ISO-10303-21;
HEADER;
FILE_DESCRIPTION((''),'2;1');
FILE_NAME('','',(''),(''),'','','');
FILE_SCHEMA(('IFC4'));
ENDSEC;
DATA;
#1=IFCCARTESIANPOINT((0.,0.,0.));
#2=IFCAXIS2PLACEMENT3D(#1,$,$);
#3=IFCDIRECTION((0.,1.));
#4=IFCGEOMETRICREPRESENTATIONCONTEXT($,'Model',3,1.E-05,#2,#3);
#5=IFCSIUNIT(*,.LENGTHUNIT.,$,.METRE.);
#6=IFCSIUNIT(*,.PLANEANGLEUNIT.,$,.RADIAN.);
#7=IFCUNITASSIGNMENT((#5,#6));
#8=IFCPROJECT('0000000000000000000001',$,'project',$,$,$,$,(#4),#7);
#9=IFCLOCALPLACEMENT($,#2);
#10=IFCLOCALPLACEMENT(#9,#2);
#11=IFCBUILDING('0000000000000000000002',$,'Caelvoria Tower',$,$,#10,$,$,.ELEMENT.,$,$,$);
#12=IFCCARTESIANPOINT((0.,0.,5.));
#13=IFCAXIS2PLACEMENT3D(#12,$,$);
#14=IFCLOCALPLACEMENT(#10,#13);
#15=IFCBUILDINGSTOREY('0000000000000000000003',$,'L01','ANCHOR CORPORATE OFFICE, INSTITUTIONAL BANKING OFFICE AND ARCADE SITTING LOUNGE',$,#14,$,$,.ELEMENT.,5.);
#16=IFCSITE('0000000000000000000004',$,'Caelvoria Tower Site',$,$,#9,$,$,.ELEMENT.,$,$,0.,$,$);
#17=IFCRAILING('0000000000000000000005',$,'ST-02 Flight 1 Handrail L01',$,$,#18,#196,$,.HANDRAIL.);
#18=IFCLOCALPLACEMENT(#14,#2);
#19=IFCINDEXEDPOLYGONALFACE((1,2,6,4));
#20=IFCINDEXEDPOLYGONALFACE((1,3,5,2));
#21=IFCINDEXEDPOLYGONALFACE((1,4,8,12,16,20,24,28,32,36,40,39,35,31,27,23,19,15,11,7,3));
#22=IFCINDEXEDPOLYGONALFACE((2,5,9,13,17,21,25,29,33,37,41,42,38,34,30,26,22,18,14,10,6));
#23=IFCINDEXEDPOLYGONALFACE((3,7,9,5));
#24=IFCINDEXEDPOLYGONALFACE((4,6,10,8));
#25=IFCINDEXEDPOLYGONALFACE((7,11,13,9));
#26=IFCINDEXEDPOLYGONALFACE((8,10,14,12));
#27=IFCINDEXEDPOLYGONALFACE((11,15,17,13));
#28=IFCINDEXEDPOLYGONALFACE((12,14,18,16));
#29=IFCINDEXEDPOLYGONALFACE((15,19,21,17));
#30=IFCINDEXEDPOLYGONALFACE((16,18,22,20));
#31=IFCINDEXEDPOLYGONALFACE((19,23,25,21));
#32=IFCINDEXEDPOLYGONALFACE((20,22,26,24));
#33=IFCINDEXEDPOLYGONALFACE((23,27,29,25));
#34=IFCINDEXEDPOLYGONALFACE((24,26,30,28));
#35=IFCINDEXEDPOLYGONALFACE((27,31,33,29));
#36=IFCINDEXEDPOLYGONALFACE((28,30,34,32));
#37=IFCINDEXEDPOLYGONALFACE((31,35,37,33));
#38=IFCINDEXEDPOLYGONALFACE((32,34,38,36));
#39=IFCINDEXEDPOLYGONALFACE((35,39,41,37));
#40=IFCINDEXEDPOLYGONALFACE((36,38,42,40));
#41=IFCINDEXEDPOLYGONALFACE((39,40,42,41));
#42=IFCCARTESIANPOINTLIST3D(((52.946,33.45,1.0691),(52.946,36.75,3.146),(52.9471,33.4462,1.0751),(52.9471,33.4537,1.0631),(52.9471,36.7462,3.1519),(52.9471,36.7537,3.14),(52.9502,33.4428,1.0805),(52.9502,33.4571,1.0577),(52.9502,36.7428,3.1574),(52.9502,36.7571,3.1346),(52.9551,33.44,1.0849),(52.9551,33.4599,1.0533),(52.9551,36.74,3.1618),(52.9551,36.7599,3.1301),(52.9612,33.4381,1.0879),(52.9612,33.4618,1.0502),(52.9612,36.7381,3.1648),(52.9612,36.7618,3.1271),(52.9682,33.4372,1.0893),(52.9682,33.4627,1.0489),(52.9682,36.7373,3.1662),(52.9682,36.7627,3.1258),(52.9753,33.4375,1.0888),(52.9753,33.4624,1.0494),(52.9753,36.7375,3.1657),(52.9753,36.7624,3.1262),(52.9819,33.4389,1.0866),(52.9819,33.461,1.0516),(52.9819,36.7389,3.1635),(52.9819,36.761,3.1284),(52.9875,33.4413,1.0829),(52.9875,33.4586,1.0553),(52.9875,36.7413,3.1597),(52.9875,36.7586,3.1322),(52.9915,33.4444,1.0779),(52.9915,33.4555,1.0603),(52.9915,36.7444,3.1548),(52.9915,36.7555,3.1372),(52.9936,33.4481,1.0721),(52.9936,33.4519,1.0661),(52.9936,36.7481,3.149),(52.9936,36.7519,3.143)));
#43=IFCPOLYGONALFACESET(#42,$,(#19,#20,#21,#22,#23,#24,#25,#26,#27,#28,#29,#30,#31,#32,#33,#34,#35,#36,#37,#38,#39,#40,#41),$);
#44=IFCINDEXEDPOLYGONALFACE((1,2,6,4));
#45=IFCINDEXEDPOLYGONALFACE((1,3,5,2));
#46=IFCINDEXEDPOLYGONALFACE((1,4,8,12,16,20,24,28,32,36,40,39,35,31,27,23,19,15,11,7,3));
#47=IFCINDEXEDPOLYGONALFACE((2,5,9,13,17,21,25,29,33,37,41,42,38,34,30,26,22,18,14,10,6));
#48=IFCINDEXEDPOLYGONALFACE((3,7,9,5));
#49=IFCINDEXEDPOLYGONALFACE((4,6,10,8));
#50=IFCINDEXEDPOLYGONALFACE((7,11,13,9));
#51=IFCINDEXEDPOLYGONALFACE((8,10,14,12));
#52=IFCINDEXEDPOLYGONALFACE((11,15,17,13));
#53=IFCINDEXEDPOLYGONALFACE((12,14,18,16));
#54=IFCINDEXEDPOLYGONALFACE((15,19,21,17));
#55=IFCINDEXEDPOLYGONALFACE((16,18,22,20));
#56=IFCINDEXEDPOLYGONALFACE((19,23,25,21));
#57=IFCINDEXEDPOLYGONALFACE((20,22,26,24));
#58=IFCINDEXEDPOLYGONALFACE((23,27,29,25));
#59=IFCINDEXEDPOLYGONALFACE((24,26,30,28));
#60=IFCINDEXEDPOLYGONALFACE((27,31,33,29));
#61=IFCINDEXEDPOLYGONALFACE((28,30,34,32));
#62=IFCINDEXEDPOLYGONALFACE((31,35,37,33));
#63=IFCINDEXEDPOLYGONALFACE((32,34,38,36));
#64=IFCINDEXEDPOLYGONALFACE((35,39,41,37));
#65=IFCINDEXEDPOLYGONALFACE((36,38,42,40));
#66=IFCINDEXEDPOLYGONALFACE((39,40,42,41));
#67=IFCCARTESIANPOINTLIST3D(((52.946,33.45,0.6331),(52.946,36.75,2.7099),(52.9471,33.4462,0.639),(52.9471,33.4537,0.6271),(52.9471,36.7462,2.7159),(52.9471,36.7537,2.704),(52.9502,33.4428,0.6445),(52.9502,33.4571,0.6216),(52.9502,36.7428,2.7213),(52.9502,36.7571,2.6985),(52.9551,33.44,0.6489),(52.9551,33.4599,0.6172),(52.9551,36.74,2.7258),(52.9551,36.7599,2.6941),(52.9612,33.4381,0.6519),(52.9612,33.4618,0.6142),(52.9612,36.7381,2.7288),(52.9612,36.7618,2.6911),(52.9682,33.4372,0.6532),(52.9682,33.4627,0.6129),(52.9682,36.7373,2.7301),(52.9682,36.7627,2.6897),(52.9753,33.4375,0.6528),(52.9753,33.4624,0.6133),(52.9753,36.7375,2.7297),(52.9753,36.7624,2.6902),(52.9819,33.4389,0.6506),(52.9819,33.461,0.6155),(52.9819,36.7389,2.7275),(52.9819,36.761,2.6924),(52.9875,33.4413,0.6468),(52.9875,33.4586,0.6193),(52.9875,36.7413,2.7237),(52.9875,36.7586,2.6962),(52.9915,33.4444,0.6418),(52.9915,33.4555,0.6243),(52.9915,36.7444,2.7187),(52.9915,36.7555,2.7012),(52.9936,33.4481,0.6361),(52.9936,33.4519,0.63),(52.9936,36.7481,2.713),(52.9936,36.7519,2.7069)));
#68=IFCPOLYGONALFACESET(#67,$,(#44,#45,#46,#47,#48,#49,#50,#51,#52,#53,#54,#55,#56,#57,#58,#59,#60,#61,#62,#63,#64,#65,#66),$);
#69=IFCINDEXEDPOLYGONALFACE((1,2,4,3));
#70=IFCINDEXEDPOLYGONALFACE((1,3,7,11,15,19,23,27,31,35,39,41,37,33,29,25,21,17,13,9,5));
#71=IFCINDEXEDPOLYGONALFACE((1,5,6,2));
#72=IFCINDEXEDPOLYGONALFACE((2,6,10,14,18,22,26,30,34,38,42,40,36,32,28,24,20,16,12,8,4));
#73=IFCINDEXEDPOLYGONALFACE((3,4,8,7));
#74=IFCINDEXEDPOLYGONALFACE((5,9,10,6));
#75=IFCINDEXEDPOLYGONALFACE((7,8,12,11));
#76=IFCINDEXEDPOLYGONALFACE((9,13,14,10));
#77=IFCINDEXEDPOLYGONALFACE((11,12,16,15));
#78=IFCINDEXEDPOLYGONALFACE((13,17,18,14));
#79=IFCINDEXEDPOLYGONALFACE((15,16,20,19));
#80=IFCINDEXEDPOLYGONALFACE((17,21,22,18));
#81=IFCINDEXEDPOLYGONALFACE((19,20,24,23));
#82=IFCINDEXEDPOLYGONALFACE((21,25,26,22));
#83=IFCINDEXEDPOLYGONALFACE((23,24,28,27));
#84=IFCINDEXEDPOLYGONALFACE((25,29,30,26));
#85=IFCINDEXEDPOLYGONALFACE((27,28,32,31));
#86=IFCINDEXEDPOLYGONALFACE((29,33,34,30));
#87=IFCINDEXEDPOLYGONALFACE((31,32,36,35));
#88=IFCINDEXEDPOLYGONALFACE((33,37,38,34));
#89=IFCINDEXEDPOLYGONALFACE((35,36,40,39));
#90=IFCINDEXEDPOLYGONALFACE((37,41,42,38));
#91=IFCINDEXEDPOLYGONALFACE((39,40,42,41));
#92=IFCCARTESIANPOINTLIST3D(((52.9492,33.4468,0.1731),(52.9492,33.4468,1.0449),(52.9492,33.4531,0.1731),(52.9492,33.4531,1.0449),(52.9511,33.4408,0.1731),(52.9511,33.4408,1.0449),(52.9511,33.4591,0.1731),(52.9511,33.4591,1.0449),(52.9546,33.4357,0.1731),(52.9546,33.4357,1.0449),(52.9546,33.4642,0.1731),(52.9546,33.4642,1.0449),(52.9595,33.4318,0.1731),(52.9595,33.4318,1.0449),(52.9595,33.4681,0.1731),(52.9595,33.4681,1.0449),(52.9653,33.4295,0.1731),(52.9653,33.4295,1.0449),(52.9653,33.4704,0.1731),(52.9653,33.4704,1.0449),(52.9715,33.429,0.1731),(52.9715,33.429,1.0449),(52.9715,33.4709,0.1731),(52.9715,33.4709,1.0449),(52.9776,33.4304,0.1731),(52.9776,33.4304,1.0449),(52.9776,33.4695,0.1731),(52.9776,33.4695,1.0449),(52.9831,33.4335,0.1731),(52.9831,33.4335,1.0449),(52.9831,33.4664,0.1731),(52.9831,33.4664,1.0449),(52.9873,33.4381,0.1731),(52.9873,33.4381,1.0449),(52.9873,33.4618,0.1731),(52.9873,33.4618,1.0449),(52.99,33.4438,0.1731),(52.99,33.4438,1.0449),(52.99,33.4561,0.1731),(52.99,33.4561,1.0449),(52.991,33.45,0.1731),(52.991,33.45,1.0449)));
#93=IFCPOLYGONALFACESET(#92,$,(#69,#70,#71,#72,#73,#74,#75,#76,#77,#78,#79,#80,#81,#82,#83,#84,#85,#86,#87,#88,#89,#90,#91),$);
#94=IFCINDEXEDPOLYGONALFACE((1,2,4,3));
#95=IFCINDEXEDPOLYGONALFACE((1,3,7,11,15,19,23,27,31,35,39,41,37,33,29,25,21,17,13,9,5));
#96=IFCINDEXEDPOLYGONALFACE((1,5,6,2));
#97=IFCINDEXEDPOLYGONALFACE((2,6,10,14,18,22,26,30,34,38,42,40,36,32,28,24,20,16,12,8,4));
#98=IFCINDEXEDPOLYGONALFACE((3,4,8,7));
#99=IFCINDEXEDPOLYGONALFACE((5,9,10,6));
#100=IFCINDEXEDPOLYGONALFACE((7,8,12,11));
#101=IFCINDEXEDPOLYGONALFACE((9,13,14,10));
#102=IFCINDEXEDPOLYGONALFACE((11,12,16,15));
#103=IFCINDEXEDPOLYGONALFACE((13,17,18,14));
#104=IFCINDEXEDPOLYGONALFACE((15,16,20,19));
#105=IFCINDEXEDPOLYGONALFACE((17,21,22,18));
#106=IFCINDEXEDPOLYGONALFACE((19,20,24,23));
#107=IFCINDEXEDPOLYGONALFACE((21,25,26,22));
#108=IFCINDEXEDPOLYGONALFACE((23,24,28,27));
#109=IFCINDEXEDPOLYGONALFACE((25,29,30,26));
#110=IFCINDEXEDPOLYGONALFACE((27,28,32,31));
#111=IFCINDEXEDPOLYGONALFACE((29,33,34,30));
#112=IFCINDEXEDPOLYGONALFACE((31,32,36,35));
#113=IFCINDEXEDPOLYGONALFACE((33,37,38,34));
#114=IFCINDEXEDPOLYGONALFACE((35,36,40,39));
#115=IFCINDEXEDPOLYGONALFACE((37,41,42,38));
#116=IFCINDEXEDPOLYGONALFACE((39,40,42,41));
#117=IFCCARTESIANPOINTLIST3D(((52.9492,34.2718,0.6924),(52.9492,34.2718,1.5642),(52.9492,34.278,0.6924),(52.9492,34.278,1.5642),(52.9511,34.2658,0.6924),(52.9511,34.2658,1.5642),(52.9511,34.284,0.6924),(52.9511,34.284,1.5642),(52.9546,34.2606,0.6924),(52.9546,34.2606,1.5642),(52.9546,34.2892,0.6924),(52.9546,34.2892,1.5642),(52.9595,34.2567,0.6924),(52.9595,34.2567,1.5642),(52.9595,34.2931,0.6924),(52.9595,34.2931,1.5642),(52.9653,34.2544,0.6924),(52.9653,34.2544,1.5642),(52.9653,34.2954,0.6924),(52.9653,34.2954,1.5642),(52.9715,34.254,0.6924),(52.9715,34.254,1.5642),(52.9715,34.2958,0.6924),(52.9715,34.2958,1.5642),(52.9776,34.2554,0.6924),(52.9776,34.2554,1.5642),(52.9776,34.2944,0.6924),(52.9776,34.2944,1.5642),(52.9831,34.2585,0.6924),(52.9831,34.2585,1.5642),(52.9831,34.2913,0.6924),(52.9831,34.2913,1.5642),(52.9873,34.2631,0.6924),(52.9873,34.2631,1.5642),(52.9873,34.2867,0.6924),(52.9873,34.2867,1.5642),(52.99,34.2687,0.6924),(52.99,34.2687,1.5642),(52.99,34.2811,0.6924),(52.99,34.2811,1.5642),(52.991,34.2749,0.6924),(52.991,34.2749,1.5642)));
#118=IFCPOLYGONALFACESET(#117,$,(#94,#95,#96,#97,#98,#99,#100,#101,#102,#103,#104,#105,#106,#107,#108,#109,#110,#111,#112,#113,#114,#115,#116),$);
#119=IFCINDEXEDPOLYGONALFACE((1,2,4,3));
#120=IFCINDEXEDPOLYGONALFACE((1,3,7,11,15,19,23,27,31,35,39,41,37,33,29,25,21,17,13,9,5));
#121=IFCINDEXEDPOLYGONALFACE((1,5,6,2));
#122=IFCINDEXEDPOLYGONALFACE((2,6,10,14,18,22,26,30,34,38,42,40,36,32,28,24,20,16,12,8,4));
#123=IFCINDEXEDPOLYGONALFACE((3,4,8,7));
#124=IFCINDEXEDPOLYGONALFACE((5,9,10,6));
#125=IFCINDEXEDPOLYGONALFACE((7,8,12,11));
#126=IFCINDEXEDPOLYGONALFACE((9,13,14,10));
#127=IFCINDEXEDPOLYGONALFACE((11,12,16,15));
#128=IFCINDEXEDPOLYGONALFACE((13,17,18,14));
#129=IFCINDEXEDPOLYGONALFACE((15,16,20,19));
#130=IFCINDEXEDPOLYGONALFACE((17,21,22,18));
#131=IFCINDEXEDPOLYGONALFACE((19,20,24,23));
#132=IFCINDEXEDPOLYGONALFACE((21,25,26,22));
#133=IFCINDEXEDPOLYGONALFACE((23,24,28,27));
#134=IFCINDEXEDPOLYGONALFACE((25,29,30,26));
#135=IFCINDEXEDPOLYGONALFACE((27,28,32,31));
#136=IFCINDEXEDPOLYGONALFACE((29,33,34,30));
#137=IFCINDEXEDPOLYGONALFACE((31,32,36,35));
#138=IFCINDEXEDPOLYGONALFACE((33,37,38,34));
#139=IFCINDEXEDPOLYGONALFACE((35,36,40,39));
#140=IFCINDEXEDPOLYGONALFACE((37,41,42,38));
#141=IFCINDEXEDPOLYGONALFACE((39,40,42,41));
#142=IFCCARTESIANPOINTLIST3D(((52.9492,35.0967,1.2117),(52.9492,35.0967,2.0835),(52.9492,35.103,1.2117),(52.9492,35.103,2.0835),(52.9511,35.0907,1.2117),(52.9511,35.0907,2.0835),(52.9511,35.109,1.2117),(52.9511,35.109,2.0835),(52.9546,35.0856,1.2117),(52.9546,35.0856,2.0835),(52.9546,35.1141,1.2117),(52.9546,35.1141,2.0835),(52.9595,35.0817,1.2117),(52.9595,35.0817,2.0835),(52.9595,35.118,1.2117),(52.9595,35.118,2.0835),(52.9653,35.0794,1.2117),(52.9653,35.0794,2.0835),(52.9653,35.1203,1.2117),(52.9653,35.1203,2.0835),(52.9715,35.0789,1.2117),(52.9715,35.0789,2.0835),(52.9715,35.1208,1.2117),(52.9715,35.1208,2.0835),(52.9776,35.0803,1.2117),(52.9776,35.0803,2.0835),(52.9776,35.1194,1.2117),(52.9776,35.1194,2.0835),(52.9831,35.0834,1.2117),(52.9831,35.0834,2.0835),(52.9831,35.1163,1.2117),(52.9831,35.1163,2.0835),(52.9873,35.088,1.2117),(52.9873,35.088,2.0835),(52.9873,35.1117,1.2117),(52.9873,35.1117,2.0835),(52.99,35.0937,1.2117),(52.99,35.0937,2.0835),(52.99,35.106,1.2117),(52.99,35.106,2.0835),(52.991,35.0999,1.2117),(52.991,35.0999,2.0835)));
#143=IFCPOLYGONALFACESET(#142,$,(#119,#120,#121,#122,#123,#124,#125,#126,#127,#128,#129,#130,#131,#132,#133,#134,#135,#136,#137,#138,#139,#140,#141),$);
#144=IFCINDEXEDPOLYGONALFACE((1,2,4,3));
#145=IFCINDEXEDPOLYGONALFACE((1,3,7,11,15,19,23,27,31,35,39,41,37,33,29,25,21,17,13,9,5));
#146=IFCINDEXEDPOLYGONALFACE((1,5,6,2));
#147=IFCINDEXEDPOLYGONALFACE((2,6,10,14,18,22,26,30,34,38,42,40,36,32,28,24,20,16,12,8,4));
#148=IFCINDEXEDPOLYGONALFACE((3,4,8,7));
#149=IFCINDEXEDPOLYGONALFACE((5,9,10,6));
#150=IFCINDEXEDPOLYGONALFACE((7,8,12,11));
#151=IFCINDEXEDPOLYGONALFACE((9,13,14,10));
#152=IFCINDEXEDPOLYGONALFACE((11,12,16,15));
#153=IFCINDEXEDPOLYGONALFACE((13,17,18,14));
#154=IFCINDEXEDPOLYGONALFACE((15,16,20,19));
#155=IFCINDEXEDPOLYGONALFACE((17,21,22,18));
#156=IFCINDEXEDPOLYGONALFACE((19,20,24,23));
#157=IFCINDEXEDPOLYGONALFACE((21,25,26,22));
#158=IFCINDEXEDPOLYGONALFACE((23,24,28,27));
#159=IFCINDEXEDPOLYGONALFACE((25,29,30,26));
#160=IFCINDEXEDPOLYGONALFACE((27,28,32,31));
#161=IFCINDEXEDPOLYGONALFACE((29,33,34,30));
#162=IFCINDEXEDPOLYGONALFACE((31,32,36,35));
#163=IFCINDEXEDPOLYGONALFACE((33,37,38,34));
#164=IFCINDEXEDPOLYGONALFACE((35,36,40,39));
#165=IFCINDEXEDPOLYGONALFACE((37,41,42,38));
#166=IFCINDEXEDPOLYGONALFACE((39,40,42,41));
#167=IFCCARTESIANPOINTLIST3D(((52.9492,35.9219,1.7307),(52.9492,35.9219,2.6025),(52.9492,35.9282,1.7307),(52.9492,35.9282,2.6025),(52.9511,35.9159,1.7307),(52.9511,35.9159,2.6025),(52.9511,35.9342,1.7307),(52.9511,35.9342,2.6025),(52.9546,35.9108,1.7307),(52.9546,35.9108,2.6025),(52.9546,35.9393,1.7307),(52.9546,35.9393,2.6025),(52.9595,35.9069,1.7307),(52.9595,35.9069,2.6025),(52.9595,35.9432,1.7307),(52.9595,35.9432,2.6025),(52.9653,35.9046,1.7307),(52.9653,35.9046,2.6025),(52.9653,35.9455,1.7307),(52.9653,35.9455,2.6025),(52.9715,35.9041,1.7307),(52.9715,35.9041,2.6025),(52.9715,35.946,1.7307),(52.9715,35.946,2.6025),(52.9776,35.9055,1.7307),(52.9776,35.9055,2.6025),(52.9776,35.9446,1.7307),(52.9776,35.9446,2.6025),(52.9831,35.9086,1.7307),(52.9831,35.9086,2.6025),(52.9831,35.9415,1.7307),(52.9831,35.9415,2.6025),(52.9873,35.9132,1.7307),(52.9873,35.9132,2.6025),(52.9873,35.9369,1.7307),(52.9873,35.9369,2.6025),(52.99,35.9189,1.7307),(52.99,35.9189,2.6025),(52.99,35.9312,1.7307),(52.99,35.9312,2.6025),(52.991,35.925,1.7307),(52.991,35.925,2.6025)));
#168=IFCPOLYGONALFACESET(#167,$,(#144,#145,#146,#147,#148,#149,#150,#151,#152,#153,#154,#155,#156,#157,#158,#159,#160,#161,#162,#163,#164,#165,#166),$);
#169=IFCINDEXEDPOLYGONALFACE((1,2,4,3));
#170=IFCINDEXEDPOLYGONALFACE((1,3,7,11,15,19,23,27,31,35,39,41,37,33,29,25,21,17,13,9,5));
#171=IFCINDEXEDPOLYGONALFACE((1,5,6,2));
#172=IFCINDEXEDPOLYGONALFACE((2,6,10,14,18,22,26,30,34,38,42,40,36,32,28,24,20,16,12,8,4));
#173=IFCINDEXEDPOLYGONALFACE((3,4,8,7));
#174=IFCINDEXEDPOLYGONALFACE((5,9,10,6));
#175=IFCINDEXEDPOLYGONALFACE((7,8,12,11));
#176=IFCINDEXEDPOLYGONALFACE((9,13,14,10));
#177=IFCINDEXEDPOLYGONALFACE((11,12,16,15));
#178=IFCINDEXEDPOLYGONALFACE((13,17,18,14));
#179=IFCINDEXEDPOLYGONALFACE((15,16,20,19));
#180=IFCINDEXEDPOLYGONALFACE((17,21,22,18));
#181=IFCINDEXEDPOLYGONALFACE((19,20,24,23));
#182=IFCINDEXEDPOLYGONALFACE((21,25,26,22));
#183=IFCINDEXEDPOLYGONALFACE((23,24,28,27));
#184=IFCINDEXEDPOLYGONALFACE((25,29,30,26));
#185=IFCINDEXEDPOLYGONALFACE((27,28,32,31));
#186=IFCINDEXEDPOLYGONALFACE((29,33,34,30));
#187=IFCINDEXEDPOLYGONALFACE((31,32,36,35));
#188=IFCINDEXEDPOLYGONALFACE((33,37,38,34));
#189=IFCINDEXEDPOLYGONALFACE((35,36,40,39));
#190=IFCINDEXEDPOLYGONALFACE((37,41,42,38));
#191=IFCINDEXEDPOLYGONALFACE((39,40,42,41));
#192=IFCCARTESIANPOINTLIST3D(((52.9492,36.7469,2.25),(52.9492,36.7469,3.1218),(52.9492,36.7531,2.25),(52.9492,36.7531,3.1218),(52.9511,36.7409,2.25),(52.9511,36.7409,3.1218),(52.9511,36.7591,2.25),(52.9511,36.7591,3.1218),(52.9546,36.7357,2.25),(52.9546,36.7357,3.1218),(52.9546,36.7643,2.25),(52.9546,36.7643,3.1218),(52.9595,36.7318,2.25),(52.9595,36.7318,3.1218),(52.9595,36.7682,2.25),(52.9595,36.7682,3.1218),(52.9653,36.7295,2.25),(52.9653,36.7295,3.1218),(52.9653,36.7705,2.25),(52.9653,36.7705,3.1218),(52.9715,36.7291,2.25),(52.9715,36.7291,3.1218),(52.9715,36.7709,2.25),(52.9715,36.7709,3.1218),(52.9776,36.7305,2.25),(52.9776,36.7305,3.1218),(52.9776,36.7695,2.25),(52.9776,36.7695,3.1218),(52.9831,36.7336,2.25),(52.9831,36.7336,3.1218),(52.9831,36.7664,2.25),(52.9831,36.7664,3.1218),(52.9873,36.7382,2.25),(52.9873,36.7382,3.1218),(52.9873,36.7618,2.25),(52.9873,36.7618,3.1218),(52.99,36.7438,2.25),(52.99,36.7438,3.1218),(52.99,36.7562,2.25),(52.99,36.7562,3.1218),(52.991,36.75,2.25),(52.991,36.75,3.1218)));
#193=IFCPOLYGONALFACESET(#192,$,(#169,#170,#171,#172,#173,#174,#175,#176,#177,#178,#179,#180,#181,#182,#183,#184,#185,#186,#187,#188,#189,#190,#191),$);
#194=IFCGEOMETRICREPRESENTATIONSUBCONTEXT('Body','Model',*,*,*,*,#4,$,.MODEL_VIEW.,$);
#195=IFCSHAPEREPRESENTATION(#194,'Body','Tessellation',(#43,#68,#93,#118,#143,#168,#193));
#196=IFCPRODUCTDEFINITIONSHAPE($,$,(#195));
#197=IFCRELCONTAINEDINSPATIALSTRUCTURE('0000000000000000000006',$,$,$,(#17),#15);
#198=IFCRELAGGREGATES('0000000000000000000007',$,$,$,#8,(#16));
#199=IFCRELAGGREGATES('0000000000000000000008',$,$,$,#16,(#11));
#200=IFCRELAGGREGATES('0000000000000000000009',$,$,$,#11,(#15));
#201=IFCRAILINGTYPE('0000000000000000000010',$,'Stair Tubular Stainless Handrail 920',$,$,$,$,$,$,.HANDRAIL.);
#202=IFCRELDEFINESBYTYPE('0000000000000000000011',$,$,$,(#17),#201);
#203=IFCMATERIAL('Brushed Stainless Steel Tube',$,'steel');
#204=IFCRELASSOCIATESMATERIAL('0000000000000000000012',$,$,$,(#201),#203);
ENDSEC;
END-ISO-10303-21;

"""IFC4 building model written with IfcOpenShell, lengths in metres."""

from ifc_helpers import new_model, si_unit, direction, frame, origin, origin_2d, place, context, subcontext, project, spatial, circle, extrude, material, type_object, element, save


model = new_model("IFC4")

# Units and contexts
model_context = context("Model", 3, precision=1e-05, world=origin(), true_north=direction((0.0, 1.0)))
body_context = subcontext(model_context, "Body", "Model", "MODEL_VIEW")
ifc_project = project(units=[si_unit("LENGTHUNIT", "METRE"), si_unit("PLANEANGLEUNIT", "RADIAN")], contexts=[model_context])

# Site, building, storey
site_placement = place(None, origin())
site = spatial("IfcSite", under=ifc_project, at=site_placement, Name="Caelvoria Tower Site", CompositionType="ELEMENT", RefElevation=0.0)
building_placement = place(site_placement, origin())
building = spatial("IfcBuilding", under=site, at=building_placement, Name="Caelvoria Tower", CompositionType="ELEMENT")
storey_placement = place(building_placement, frame((0.0, 0.0, 5.0)))
storey = spatial("IfcBuildingStorey", under=building, at=storey_placement, Name="L01", Description="ANCHOR CORPORATE OFFICE, INSTITUTIONAL BANKING OFFICE AND ARCADE SITTING LOUNGE", CompositionType="ELEMENT", Elevation=5.0)

# Railing
ifc_material_1 = material(Name="Brushed Stainless Steel Tube", Category="steel")
railing_type_1 = type_object("IfcRailingType", Name="Stair Tubular Stainless Handrail 920", PredefinedType="HANDRAIL", material=ifc_material_1)
railing_1_placement = place(storey_placement, frame((52.97, 33.45, 0.1731)))
element("IfcRailing", 1, at=railing_1_placement, inside=storey, type_object=railing_type_1, Name="ST-02 Flight 1 Handrail L01", PredefinedType="HANDRAIL", context=body_context, shape_type="SweptSolid", body=[
    extrude(circle(Radius=0.0239, at=origin_2d()), frame((0.0, 0.0, 0.896), z_axis=(0.0, 0.846337, 0.532647), x_axis=(-1.0, 0.0, 0.0)), (0.0, 0.0, 1.0), 3.8992),
    extrude(circle(Radius=0.0239, at=origin_2d()), frame((0.0, 0.0, 0.46), z_axis=(0.0, 0.846337, 0.532647), x_axis=(-1.0, 0.0, 0.0)), (0.0, 0.0, 1.0), 3.8992),
    extrude(circle(Radius=0.021, at=origin_2d()), origin(), (0.0, 0.0, 1.0), 0.8718),
    extrude(circle(Radius=0.021, at=origin_2d()), frame((0.0, 0.825, 0.5193)), (0.0, 0.0, 1.0), 0.8718),
    extrude(circle(Radius=0.021, at=origin_2d()), frame((0.0, 1.6499, 1.0386)), (0.0, 0.0, 1.0), 0.8718),
    extrude(circle(Radius=0.021, at=origin_2d()), frame((0.0, 2.4751, 1.5576)), (0.0, 0.0, 1.0), 0.8718),
    extrude(circle(Radius=0.021, at=origin_2d()), frame((0.0, 3.3, 2.0769)), (0.0, 0.0, 1.0), 0.8718),
])

save(model, "model.ifc")
